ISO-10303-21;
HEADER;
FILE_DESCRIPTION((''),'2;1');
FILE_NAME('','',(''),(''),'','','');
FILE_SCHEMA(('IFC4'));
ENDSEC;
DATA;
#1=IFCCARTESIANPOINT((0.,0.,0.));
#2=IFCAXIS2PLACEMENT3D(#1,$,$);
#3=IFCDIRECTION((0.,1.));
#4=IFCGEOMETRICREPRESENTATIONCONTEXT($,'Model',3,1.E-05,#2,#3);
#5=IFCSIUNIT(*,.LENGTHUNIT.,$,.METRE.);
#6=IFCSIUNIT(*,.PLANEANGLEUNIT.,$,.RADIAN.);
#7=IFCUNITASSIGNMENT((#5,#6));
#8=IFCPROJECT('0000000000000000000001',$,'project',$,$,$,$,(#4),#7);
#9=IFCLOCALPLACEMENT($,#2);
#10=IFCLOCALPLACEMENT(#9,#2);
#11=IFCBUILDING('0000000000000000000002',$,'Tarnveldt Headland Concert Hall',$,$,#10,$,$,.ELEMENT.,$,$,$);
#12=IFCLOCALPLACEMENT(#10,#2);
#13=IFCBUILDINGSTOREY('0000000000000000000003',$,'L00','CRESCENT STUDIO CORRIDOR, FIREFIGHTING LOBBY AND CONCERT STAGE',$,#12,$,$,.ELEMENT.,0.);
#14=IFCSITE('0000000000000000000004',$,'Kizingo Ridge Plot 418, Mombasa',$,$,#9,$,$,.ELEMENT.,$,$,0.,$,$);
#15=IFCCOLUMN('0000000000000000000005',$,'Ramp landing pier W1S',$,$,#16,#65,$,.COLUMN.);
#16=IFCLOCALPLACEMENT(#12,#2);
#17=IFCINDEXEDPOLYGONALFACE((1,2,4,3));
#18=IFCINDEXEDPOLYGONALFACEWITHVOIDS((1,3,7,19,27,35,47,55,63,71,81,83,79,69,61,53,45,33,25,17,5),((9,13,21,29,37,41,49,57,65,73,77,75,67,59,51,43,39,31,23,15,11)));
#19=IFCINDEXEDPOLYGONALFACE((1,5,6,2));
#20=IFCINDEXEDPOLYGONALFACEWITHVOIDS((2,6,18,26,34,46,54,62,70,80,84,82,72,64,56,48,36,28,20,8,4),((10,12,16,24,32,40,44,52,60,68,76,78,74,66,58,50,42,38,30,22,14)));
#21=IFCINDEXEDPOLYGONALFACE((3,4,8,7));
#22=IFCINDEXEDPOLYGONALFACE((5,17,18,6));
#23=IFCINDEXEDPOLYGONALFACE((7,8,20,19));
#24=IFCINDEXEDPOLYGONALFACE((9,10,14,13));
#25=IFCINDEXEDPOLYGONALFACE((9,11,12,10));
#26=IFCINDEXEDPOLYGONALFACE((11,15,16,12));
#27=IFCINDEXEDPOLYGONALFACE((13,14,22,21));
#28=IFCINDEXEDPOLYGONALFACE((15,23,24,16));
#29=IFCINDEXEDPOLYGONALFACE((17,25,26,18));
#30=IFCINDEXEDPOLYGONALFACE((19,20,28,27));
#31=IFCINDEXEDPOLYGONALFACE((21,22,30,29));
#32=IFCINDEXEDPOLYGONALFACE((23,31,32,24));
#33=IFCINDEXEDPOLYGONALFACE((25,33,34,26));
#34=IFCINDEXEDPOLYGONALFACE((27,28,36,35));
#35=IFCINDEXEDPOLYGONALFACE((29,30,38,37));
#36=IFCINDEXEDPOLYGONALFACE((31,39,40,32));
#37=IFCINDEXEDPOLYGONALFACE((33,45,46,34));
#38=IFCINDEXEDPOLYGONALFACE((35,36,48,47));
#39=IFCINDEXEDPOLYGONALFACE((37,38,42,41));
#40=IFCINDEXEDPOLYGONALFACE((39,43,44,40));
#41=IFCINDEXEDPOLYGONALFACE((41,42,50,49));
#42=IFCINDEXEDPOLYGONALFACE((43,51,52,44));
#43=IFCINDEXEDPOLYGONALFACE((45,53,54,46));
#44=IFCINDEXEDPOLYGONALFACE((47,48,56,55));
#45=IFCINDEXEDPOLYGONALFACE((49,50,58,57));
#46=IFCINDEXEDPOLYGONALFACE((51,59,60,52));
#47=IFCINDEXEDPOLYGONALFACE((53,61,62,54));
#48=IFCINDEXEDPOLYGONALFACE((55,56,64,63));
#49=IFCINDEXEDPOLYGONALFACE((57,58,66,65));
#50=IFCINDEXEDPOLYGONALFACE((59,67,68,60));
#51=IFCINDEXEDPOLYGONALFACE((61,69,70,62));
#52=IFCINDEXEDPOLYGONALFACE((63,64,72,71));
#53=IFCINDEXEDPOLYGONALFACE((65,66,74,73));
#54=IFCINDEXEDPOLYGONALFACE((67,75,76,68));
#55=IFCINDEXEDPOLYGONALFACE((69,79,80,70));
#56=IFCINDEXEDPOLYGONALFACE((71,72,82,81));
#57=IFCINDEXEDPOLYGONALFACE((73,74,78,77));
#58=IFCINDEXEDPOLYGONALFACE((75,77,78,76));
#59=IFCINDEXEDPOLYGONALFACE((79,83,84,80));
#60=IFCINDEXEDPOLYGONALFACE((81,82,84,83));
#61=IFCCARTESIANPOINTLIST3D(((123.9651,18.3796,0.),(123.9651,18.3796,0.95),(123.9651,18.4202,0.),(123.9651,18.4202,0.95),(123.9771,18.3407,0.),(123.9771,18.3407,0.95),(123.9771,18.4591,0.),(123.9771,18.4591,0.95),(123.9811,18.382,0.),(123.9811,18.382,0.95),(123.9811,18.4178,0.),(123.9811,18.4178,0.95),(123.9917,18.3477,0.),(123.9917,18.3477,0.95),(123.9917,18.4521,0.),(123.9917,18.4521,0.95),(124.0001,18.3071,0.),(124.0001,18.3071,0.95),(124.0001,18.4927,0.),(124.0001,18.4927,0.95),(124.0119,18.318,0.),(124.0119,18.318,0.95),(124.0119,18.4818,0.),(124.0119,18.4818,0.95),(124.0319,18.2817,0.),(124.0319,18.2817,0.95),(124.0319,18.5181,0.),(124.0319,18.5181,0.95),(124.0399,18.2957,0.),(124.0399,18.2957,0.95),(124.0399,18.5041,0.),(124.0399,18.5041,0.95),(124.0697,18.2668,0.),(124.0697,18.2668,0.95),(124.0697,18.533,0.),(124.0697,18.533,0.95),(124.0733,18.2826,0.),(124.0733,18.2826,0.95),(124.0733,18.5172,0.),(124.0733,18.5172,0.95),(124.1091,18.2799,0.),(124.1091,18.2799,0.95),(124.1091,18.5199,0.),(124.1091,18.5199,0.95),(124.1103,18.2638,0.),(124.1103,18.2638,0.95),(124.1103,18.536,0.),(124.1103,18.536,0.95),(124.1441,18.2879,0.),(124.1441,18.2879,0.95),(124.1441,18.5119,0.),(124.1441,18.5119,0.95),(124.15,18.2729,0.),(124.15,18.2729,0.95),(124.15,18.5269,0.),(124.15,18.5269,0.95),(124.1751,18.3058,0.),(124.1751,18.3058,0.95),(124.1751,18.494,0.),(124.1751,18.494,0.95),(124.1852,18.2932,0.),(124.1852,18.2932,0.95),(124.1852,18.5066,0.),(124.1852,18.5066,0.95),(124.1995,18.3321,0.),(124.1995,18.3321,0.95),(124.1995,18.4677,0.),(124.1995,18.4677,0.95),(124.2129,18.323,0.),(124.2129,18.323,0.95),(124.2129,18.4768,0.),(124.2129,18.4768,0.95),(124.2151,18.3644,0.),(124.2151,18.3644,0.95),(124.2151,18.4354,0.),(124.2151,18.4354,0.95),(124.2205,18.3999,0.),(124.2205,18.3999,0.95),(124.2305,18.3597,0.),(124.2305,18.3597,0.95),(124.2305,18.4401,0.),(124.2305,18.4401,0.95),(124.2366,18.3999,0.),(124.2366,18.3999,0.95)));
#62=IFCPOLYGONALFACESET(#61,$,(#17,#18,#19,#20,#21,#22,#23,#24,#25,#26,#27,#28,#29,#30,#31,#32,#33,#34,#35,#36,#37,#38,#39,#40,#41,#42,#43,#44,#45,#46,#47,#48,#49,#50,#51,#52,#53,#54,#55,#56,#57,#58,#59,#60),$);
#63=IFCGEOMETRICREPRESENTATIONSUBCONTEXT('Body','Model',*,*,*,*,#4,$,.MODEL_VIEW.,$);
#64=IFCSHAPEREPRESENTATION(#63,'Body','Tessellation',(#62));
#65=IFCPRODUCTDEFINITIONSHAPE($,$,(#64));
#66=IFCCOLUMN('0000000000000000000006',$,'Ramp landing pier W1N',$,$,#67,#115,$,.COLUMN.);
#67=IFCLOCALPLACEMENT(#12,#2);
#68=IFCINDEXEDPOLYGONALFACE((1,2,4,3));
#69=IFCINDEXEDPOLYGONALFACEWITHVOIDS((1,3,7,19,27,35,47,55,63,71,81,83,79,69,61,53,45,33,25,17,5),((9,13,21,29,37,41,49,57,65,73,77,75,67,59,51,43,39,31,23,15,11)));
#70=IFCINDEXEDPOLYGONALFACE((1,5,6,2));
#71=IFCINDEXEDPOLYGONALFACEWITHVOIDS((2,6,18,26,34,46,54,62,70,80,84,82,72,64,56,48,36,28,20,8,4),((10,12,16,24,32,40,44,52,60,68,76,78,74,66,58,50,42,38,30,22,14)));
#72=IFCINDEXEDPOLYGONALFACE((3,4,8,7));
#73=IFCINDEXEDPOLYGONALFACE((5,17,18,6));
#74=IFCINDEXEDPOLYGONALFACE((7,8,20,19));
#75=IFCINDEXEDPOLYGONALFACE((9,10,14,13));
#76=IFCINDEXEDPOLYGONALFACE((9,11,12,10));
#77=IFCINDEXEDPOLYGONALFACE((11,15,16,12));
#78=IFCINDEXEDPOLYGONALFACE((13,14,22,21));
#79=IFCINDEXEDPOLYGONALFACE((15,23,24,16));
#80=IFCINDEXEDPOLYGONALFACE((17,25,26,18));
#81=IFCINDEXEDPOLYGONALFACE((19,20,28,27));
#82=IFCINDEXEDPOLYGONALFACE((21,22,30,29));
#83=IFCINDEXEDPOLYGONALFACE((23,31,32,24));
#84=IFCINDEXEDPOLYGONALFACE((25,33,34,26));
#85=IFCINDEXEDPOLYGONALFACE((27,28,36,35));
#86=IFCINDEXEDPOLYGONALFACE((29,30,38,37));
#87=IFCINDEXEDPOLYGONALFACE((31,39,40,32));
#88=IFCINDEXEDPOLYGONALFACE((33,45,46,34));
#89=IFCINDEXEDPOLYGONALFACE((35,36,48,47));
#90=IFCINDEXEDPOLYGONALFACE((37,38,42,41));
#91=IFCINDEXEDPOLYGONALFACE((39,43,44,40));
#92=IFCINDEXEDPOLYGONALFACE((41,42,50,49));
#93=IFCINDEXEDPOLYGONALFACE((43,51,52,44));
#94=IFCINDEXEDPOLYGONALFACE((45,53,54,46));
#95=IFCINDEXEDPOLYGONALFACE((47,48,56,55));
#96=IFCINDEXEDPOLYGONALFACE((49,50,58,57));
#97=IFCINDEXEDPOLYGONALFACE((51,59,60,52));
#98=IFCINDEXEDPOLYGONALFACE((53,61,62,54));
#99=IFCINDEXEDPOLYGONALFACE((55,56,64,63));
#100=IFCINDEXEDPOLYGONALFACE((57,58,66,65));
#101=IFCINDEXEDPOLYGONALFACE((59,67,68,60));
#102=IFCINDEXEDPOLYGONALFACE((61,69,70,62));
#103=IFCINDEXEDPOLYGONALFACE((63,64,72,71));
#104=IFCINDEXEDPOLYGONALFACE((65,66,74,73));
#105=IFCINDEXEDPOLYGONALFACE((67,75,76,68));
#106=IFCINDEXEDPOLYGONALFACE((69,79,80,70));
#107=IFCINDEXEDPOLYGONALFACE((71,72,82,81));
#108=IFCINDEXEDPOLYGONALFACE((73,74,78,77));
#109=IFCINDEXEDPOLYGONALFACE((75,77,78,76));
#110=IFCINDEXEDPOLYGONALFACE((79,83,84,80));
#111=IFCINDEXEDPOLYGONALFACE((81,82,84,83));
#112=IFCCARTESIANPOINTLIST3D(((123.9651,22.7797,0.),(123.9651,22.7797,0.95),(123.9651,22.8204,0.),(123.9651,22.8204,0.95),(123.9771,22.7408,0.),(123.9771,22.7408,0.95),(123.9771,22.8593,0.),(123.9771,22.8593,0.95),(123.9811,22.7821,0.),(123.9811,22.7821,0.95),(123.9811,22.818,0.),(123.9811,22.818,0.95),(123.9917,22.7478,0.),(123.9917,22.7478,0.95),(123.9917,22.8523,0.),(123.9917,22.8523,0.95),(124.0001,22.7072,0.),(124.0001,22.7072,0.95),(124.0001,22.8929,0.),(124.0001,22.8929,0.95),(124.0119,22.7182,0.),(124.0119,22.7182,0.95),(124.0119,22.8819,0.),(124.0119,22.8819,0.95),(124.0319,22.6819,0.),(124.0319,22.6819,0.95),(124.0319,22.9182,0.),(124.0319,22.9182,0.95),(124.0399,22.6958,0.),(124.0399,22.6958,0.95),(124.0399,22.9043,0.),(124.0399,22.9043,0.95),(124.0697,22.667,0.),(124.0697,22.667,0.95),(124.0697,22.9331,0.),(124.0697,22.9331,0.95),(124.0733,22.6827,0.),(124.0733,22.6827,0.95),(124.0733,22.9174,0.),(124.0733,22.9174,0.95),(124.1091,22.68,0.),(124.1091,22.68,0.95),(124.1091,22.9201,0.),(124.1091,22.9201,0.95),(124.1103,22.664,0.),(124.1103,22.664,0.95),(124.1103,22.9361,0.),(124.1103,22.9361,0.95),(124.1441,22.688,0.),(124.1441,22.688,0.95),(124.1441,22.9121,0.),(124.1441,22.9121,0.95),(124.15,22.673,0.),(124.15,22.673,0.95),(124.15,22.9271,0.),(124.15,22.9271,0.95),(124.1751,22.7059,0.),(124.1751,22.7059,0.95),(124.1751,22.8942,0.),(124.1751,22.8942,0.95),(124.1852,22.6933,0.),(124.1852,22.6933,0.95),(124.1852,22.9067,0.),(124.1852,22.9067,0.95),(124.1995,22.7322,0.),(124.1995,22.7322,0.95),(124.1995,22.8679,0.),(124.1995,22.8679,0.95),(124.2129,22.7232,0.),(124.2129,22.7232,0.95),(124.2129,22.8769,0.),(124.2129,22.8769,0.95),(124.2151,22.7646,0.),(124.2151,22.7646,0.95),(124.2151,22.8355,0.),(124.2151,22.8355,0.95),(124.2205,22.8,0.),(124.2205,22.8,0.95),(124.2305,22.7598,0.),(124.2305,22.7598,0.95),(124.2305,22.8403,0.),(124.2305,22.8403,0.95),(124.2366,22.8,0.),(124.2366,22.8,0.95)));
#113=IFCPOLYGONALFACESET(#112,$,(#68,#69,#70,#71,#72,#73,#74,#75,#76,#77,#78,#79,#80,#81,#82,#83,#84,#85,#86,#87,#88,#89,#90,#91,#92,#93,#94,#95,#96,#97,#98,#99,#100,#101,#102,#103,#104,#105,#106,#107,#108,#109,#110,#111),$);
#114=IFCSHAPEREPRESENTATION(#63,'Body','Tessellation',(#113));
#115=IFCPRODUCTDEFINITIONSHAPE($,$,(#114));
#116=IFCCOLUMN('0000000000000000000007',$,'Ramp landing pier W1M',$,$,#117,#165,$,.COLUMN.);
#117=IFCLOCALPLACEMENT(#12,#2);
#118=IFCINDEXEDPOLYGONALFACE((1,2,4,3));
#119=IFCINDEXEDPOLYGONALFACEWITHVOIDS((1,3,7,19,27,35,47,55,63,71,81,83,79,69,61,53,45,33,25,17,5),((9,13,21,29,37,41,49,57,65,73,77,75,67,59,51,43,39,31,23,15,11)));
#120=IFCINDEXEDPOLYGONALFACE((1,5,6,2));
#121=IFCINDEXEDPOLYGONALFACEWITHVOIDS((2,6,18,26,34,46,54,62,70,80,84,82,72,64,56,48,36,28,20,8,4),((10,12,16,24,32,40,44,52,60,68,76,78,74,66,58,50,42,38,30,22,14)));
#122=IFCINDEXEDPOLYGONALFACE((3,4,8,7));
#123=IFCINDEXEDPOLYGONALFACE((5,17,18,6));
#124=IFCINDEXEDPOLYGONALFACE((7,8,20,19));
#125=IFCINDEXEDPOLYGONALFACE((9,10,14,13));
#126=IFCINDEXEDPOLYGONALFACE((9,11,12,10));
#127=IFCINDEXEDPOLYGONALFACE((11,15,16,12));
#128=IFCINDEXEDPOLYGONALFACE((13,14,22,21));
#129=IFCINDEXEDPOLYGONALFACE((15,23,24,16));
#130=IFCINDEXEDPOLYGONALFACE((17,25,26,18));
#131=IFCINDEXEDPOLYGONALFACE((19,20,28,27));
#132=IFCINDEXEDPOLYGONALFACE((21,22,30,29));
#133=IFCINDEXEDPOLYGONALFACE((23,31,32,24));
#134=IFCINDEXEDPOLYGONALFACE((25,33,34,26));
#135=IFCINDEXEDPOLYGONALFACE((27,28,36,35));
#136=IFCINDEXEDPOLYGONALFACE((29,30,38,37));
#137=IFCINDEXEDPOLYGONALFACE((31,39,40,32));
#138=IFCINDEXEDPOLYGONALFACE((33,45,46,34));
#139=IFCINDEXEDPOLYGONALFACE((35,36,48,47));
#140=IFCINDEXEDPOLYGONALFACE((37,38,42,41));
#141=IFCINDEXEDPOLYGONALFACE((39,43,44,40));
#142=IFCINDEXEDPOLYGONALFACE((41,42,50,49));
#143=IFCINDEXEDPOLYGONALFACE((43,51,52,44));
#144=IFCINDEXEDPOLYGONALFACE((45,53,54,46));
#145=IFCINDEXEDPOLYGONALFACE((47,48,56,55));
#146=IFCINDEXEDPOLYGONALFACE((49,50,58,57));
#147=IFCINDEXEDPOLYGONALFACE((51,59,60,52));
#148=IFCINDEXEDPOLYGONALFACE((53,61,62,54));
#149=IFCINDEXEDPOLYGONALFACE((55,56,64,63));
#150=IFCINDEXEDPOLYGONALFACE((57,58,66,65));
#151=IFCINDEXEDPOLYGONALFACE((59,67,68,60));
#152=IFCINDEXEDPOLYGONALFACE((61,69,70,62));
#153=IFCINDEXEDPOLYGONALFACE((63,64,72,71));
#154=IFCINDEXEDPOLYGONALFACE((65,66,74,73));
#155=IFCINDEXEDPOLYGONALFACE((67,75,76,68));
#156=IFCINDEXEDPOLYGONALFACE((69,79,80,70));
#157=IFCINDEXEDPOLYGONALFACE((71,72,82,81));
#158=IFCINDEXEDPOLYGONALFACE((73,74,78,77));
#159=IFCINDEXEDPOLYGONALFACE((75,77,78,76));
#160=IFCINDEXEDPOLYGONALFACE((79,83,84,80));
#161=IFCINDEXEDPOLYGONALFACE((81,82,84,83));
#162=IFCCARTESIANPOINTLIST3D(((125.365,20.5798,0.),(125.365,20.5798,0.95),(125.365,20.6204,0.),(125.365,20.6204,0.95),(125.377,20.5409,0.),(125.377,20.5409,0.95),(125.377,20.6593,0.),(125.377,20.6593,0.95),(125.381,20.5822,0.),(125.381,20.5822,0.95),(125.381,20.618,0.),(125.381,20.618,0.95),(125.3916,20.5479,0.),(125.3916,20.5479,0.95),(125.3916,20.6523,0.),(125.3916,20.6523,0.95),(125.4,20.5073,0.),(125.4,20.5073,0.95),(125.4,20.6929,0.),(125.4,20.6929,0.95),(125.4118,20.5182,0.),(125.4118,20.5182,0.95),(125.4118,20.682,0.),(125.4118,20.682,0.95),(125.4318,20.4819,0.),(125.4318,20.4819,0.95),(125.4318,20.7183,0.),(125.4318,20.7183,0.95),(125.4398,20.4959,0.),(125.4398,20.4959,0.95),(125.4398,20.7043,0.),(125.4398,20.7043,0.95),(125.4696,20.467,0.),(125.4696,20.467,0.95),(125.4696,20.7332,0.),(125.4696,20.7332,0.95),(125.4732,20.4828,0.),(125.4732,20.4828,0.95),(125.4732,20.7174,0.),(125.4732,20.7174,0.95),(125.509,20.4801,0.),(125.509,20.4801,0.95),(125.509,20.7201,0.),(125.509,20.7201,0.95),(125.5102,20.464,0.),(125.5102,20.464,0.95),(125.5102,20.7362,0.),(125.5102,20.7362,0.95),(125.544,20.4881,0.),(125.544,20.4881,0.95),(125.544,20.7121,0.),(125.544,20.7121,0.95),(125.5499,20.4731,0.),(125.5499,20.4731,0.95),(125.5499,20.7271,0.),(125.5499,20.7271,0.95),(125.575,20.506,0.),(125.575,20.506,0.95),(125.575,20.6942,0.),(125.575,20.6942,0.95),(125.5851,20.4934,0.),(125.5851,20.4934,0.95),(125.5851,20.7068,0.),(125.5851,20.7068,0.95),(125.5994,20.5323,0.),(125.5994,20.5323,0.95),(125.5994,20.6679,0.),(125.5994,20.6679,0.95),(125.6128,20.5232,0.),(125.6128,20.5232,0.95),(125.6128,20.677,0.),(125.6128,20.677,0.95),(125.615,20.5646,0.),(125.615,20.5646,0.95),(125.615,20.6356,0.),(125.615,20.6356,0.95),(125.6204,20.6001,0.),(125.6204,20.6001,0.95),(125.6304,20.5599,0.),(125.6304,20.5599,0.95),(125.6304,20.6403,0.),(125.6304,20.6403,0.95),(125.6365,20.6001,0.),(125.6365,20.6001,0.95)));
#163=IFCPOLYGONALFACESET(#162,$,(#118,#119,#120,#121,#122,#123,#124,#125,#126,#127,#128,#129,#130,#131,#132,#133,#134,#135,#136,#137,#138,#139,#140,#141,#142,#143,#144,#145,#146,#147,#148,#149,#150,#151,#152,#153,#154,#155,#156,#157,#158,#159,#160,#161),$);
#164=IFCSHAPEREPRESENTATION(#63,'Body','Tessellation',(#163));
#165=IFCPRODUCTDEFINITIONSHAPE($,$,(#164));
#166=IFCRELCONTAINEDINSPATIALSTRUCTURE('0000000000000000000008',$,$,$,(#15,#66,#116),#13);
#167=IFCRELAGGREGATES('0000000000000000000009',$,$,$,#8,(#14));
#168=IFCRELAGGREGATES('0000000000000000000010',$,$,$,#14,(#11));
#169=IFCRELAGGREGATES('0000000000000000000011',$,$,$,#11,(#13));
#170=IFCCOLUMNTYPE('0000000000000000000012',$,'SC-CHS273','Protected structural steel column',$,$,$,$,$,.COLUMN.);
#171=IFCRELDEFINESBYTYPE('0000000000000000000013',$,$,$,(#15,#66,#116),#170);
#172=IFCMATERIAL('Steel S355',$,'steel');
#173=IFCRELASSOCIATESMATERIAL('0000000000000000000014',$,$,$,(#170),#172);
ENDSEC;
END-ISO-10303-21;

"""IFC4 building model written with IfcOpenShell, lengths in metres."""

from ifc_helpers import new_model, si_unit, direction, frame, origin, origin_2d, place, context, subcontext, project, spatial, hollow_circle, extrude, material, material_profile, profile_set, type_object, element, save


model = new_model("IFC4")

# Units and contexts
model_context = context("Model", 3, precision=1e-05, world=origin(), true_north=direction((0.0, 1.0)))
body_context = subcontext(model_context, "Body", "Model", "MODEL_VIEW")
ifc_project = project(units=[si_unit("LENGTHUNIT", "METRE"), si_unit("PLANEANGLEUNIT", "RADIAN")], contexts=[model_context])

# Site, building, storey
site_placement = place(None, origin())
site = spatial("IfcSite", under=ifc_project, at=site_placement, Name="Kizingo Ridge Plot 418, Mombasa", CompositionType="ELEMENT", RefElevation=0.0)
building_placement = place(site_placement, origin())
building = spatial("IfcBuilding", under=site, at=building_placement, Name="Tarnveldt Headland Concert Hall", CompositionType="ELEMENT")
storey_placement = place(building_placement, origin())
storey = spatial("IfcBuildingStorey", under=building, at=storey_placement, Name="L00", Description="CRESCENT STUDIO CORRIDOR, FIREFIGHTING LOBBY AND CONCERT STAGE", CompositionType="ELEMENT", Elevation=0.0)

# Columns
ifc_material_1 = material(Name="Steel S355", Category="steel")
ifc_material_profile_1 = material_profile(ifc_material_1, hollow_circle(Radius=0.1365, WallThickness=0.0161, at=origin_2d()), Name="CHS 273x16", Category="steel")
ifc_profile_set_1 = profile_set([ifc_material_profile_1], Name="Steel S355")
column_type_1 = type_object("IfcColumnType", Name="SC-CHS273", Description="Protected structural steel column", PredefinedType="COLUMN", material=ifc_profile_set_1)
for number, where, z_axis, x_axis, name in (
    (1, (124.1001, 18.3999, 0.0), (0.0, 0.0, 1.0), (1.0, 0.0, 0.0), "Ramp landing pier W1S"),
    (2, (124.1001, 22.8, 0.0), (0.0, 0.0, 1.0), (1.0, 0.0, 0.0), "Ramp landing pier W1N"),
    (3, (125.5, 20.6001, 0.0), (0.0, 0.0, 1.0), (1.0, 0.0, 0.0), "Ramp landing pier W1M"),
):
    element("IfcColumn", number, at=place(storey_placement, frame(where, z_axis=z_axis, x_axis=x_axis)), inside=storey, type_object=column_type_1, Name=name, PredefinedType="COLUMN", context=body_context, shape_type="SweptSolid", body=[
        extrude(hollow_circle(Radius=0.1365, WallThickness=0.0161, at=origin_2d()), origin(), (0.0, 0.0, 1.0), 0.95),
    ])

save(model, "model.ifc")
